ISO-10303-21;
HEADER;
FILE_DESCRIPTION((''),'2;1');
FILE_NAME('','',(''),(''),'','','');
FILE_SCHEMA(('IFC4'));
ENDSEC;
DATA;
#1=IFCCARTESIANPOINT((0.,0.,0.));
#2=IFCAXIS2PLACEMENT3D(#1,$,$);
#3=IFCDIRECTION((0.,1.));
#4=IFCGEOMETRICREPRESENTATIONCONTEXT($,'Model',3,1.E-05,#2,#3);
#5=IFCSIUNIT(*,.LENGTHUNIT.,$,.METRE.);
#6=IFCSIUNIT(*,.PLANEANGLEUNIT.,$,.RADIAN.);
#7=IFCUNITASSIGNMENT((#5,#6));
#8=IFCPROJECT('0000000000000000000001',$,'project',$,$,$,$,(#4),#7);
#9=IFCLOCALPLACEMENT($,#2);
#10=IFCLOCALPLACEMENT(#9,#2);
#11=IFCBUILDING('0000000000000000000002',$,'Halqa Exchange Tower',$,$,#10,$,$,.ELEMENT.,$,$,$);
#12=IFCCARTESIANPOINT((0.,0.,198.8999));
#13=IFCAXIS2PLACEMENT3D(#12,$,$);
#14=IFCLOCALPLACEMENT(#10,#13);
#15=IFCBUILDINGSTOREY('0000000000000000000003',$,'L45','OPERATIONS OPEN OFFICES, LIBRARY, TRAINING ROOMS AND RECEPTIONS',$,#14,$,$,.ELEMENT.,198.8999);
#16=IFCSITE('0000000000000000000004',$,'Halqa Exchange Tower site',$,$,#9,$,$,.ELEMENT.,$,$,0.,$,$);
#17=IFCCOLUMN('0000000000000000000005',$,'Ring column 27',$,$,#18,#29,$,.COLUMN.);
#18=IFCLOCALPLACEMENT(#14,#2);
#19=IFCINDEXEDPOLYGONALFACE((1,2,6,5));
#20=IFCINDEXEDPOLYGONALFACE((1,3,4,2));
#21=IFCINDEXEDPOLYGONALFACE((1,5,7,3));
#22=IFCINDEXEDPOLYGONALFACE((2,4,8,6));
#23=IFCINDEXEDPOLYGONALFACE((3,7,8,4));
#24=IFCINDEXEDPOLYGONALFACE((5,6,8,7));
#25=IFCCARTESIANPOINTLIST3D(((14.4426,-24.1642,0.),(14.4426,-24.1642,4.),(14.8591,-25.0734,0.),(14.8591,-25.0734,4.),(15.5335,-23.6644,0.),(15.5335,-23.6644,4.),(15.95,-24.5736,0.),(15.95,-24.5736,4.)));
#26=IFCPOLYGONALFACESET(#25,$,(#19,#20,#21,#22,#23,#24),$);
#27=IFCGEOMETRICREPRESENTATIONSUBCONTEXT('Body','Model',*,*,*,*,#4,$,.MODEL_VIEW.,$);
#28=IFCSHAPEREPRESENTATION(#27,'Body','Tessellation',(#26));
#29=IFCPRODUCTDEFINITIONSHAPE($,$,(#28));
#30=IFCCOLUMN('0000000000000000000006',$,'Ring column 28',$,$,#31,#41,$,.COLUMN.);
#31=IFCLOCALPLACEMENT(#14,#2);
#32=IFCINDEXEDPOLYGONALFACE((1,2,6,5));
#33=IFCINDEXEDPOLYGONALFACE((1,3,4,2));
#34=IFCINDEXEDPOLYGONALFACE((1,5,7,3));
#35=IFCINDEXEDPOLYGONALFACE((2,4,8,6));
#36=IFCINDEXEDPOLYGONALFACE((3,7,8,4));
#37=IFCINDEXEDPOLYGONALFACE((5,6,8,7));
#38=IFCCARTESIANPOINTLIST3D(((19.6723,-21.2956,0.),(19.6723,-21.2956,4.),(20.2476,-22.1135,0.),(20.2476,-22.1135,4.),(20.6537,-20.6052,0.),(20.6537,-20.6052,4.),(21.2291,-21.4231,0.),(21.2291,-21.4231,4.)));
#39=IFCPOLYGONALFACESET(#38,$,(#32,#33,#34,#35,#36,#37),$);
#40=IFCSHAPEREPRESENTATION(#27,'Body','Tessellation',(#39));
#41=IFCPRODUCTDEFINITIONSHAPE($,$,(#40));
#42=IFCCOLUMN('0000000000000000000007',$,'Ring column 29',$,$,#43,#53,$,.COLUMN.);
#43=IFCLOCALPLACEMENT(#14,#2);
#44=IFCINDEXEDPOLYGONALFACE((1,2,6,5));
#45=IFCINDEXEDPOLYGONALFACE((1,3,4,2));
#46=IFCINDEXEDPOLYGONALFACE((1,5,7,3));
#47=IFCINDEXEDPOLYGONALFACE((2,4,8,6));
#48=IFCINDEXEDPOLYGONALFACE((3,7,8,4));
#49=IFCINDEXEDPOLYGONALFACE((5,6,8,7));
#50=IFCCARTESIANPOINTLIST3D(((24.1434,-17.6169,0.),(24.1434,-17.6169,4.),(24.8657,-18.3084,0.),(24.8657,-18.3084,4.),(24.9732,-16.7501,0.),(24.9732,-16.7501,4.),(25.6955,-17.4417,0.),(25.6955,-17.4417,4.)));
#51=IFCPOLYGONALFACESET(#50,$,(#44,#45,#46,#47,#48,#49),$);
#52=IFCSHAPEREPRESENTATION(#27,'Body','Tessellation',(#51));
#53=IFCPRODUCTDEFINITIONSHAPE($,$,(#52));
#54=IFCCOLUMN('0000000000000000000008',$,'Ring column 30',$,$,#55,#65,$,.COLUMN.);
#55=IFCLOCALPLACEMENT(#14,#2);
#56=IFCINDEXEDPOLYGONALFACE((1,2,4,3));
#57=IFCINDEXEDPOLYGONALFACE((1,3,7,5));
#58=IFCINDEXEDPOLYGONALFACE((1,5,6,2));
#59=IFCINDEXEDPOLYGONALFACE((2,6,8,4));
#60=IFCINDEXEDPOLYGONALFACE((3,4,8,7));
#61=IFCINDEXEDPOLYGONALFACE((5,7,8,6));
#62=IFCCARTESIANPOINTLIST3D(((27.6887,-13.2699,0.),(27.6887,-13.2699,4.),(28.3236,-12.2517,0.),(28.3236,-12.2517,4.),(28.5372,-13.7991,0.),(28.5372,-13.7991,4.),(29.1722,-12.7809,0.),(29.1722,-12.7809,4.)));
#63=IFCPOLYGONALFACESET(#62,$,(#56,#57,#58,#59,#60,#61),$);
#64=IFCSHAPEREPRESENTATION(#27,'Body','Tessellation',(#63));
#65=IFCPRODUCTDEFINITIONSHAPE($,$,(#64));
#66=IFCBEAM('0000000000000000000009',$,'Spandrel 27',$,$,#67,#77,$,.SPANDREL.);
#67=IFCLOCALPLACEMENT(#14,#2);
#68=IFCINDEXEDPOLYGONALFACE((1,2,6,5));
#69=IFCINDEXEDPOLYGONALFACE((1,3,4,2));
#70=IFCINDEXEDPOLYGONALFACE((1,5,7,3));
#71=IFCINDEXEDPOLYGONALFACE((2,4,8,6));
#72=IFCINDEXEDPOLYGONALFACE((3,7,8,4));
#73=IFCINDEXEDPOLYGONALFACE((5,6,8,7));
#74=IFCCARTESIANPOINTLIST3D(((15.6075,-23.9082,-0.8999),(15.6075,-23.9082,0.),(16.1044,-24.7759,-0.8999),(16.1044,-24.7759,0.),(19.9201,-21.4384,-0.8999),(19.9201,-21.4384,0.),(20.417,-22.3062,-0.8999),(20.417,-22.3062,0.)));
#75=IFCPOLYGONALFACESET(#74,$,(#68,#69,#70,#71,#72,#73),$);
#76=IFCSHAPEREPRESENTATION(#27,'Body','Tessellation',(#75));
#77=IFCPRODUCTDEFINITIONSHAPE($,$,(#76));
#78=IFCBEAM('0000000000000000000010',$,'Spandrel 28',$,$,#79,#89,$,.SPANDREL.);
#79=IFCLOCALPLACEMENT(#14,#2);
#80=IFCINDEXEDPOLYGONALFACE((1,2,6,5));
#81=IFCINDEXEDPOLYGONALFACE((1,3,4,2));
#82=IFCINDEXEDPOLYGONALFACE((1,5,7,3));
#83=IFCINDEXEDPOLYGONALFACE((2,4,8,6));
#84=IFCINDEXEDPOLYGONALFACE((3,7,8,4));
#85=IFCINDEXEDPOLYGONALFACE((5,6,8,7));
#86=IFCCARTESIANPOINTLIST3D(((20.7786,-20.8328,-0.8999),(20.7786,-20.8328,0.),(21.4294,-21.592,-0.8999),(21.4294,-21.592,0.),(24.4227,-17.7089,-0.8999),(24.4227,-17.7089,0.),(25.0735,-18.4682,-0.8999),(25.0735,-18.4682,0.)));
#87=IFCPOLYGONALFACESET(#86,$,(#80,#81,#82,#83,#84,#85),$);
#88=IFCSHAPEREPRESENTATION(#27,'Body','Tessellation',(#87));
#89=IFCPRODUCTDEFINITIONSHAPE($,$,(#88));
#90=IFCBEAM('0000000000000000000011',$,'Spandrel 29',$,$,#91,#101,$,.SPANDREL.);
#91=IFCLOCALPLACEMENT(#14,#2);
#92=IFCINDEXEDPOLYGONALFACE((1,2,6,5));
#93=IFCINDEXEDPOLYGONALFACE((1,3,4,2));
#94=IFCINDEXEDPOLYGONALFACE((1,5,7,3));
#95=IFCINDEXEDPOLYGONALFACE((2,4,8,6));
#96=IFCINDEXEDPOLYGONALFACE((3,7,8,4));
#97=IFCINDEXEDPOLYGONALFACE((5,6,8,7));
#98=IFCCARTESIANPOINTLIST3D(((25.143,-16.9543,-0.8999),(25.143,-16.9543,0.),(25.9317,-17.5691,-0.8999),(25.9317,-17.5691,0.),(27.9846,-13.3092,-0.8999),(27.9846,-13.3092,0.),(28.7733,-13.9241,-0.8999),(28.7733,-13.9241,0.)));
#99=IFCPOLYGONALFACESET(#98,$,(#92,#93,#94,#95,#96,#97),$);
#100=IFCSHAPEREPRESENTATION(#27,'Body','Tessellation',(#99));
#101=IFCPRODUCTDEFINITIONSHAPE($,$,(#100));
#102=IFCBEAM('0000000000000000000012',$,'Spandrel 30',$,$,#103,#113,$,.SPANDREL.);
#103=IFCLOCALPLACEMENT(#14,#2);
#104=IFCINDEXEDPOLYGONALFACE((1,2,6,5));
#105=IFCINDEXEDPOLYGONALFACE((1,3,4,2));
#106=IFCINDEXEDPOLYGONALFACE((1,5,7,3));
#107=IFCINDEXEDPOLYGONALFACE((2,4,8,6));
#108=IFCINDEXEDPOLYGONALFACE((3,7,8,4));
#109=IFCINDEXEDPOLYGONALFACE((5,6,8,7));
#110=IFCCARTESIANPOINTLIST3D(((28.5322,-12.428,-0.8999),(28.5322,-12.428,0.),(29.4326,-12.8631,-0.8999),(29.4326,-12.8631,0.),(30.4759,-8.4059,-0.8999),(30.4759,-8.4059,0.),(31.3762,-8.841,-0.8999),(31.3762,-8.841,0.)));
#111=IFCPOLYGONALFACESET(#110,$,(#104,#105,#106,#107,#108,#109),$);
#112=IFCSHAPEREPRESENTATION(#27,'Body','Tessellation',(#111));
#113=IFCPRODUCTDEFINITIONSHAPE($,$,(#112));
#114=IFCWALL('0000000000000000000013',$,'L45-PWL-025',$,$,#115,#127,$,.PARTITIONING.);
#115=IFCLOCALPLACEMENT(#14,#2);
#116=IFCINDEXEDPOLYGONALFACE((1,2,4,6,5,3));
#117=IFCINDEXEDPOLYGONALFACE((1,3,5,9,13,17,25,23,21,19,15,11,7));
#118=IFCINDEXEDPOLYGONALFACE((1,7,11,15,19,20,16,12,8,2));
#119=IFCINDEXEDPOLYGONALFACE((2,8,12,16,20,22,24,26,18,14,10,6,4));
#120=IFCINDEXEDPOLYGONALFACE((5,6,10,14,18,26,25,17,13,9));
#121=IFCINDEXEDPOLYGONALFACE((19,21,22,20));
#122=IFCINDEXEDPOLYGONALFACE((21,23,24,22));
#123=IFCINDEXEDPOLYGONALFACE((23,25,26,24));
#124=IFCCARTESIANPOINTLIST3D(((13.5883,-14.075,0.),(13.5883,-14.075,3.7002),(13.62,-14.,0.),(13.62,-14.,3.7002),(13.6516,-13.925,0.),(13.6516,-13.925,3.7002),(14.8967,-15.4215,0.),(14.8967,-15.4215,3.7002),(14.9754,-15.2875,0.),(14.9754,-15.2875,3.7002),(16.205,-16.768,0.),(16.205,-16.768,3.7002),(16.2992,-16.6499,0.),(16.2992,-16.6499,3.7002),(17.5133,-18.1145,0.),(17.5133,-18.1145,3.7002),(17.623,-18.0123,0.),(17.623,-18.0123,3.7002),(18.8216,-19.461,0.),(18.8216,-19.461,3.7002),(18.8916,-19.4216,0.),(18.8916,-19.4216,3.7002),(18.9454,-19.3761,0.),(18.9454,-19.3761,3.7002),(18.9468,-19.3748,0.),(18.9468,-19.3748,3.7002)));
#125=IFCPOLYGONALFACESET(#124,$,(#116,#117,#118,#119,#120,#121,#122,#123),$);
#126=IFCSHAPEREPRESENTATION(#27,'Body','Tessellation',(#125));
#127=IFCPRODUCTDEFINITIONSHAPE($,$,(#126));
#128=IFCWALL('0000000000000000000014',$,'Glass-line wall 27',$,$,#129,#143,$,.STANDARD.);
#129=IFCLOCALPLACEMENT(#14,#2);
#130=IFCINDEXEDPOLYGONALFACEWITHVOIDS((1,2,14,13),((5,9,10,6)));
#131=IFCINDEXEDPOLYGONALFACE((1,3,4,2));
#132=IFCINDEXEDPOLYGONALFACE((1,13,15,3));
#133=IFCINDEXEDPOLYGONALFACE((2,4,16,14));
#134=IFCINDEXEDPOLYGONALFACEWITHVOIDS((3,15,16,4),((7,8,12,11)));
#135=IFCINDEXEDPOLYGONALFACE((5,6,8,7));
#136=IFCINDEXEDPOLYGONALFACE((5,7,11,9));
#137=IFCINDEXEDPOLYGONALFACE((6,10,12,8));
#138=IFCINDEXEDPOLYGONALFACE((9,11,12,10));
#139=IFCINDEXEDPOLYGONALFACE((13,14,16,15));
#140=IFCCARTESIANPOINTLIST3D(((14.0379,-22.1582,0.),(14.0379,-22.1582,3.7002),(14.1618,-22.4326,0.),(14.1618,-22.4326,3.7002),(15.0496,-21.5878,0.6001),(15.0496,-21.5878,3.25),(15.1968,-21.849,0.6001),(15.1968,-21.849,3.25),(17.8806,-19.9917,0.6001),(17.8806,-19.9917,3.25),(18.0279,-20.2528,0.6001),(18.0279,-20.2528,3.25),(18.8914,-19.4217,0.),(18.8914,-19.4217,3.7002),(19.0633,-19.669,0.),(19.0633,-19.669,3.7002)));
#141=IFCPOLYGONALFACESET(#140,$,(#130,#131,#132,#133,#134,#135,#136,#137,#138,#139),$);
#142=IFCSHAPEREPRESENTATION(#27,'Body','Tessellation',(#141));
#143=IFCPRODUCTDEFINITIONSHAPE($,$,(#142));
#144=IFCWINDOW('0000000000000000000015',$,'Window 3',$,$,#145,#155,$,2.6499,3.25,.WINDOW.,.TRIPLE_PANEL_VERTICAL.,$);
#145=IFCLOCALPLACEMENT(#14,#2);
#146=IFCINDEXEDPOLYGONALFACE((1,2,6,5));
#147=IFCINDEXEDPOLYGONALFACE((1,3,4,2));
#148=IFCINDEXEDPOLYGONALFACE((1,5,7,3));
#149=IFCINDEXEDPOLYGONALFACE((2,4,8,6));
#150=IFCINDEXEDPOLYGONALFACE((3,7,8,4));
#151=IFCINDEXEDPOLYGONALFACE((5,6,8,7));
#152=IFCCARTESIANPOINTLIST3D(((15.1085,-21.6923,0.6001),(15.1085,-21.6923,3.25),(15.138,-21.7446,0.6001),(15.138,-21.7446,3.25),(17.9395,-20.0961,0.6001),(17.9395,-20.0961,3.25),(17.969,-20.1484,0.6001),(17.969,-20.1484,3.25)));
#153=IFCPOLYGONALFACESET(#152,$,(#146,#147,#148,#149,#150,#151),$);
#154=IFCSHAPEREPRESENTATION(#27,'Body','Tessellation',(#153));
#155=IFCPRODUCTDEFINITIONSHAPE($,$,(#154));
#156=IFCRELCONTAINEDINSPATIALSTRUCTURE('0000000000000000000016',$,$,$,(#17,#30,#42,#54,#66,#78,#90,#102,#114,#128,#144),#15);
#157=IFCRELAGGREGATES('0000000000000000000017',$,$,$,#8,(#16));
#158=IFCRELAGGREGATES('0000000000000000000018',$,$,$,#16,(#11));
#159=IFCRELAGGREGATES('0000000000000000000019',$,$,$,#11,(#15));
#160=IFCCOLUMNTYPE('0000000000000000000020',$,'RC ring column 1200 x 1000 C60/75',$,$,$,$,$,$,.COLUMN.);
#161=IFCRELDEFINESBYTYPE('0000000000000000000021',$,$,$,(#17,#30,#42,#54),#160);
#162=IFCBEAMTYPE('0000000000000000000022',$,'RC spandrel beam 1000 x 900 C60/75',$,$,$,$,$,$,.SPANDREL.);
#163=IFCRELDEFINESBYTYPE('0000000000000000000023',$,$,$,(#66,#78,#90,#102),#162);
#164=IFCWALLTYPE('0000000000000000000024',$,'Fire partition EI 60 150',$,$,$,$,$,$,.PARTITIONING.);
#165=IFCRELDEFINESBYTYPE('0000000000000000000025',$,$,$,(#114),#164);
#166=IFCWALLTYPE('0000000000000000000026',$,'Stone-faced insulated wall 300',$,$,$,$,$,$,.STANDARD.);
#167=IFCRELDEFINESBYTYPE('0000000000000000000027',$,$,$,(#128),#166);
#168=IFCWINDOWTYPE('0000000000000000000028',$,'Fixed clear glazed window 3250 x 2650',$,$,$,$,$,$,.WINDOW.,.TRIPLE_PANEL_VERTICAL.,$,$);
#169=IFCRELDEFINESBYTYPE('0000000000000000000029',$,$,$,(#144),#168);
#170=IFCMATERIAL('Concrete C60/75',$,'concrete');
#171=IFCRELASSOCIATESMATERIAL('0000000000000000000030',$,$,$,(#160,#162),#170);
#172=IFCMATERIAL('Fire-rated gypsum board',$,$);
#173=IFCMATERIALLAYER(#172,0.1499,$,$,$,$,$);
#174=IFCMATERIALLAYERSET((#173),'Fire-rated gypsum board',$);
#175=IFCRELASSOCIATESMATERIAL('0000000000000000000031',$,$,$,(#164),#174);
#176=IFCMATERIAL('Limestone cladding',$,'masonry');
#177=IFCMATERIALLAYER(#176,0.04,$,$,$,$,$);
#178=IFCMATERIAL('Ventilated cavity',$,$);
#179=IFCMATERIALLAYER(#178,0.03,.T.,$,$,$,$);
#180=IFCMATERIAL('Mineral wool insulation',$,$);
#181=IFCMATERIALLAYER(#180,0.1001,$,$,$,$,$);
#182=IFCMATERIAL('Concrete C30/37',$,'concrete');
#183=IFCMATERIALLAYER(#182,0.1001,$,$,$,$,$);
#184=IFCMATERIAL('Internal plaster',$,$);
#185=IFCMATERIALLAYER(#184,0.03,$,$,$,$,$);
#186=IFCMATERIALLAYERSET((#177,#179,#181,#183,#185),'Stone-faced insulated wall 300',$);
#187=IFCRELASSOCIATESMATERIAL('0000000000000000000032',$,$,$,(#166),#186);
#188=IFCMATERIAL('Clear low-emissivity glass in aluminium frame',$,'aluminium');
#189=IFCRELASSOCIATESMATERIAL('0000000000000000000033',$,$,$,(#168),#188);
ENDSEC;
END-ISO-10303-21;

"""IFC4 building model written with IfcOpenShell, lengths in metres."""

from ifc_helpers import new_model, si_unit, direction, frame, frame_2d, origin, origin_2d, place, context, subcontext, project, spatial, polyline, rectangle, outline, extrude, material, layer, layer_set, material_profile, profile_set, type_object, element, fill, save


model = new_model("IFC4")

# Units and contexts
model_context = context("Model", 3, precision=1e-05, world=origin(), true_north=direction((0.0, 1.0)))
body_context = subcontext(model_context, "Body", "Model", "MODEL_VIEW")
ifc_project = project(units=[si_unit("LENGTHUNIT", "METRE"), si_unit("PLANEANGLEUNIT", "RADIAN")], contexts=[model_context])

# Site, building, storey
site_placement = place(None, origin())
site = spatial("IfcSite", under=ifc_project, at=site_placement, Name="Halqa Exchange Tower site", CompositionType="ELEMENT", RefElevation=0.0)
building_placement = place(site_placement, origin())
building = spatial("IfcBuilding", under=site, at=building_placement, Name="Halqa Exchange Tower", CompositionType="ELEMENT")
storey_placement = place(building_placement, frame((0.0, 0.0, 198.8999)))
storey = spatial("IfcBuildingStorey", under=building, at=storey_placement, Name="L45", Description="OPERATIONS OPEN OFFICES, LIBRARY, TRAINING ROOMS AND RECEPTIONS", CompositionType="ELEMENT", Elevation=198.8999)

# Columns
ifc_material_1 = material(Name="Concrete C60/75", Category="concrete")
ifc_material_profile_1 = material_profile(ifc_material_1, rectangle(XDim=1.2, YDim=1.0, at=origin_2d()), Name="1200 x 1000")
ifc_profile_set_1 = profile_set([ifc_material_profile_1], Name="Concrete C60/75")
column_type = type_object("IfcColumnType", Name="RC ring column 1200 x 1000 C60/75", PredefinedType="COLUMN", material=ifc_profile_set_1)
for number, where, z_axis, x_axis, name in (
    (1, (15.1963, -24.3689, 0.0), (0.0, 0.0, 1.0), (0.909126, 0.41652, 0.0), "Ring column 27"),
    (2, (20.4507, -21.3594, 0.0), (0.0, 0.0, 1.0), (0.817909, 0.575348, 0.0), "Ring column 28"),
    (3, (24.9194, -17.5293, 0.0), (0.0, 0.0, 1.0), (0.691577, 0.722302, 0.0), "Ring column 29"),
    (4, (28.4304, -13.0254, 0.0), (0.0, 0.0, 1.0), (0.529143, 0.848532, 0.0), "Ring column 30"),
):
    element("IfcColumn", number, at=place(storey_placement, frame(where, z_axis=z_axis, x_axis=x_axis)), inside=storey, type_object=column_type, Name=name, PredefinedType="COLUMN", context=body_context, shape_type="SweptSolid", body=[
        extrude(rectangle(XDim=1.2, YDim=1.0, at=origin_2d()), origin(), (0.0, 0.0, 1.0), 4.0),
    ])

# Beams
ifc_material_profile_2 = material_profile(ifc_material_1, rectangle(XDim=1.0, YDim=0.8999, at=origin_2d()), Name="1000 x 900")
ifc_profile_set_2 = profile_set([ifc_material_profile_2], Name="Concrete C60/75")
beam_type = type_object("IfcBeamType", Name="RC spandrel beam 1000 x 900 C60/75", PredefinedType="SPANDREL", material=ifc_profile_set_2)
beam_1_placement = place(storey_placement, frame((15.856, -24.342, -0.45), z_axis=(0.867771, 0.496964, 0.0), x_axis=(-0.496964, 0.867771, 0.0)))
element("IfcBeam", 5, at=beam_1_placement, inside=storey, type_object=beam_type, Name="Spandrel 27", PredefinedType="SPANDREL", context=body_context, shape_type="SweptSolid", body=[
    extrude(rectangle(XDim=1.0, YDim=0.8999, at=origin_2d()), origin(), (0.0, 0.0, 1.0), 4.9697),
])
beam_2_placement = place(storey_placement, frame((21.104, -21.2124, -0.45), z_axis=(0.759224, 0.650829, 0.0), x_axis=(-0.650829, 0.759224, 0.0)))
element("IfcBeam", 6, at=beam_2_placement, inside=storey, type_object=beam_type, Name="Spandrel 28", PredefinedType="SPANDREL", context=body_context, shape_type="SweptSolid", body=[
    extrude(rectangle(XDim=1.0, YDim=0.8999, at=origin_2d()), origin(), (0.0, 0.0, 1.0), 4.7998),
])
beam_3_placement = place(storey_placement, frame((25.5374, -17.2617, -0.45), z_axis=(0.614822, 0.788666, 0.0), x_axis=(-0.788666, 0.614822, 0.0)))
element("IfcBeam", 7, at=beam_3_placement, inside=storey, type_object=beam_type, Name="Spandrel 29", PredefinedType="SPANDREL", context=body_context, shape_type="SweptSolid", body=[
    extrude(rectangle(XDim=1.0, YDim=0.8999, at=origin_2d()), origin(), (0.0, 0.0, 1.0), 4.6218),
])
beam_4_placement = place(storey_placement, frame((28.9824, -12.6455, -0.45), z_axis=(0.435105, 0.90038, 0.0), x_axis=(-0.90038, 0.435105, 0.0)))
element("IfcBeam", 8, at=beam_4_placement, inside=storey, type_object=beam_type, Name="Spandrel 30", PredefinedType="SPANDREL", context=body_context, shape_type="SweptSolid", body=[
    extrude(rectangle(XDim=1.0, YDim=0.8999, at=origin_2d()), origin(), (0.0, 0.0, 1.0), 4.467),
])

# Wall
ifc_material_2 = material(Name="Fire-rated gypsum board")
ifc_layer_1 = layer(ifc_material_2, 0.1499)
ifc_layer_set_1 = layer_set([ifc_layer_1], Name="Fire-rated gypsum board")
wall_type_1 = type_object("IfcWallType", Name="Fire partition EI 60 150", PredefinedType="PARTITIONING", material=ifc_layer_set_1)
wall_1_placement = place(storey_placement, frame((18.8931, -19.427, 0.0), z_axis=(0.0, 0.0, 1.0), x_axis=(-0.696865, 0.717203, 0.0)))
element("IfcWall", 9, at=wall_1_placement, inside=storey, type_object=wall_type_1, Name="L45-PWL-025", PredefinedType="PARTITIONING", context=body_context, shape_type="SweptSolid", body=[
    extrude(outline(polyline([(0.0, -0.075), (1.8997, -0.075), (3.7993, -0.075), (5.699, -0.075), (7.5986, -0.075), (7.5669, 0.0), (7.5352, 0.075), (5.6577, 0.075), (3.7803, 0.075), (1.9028, 0.075), (0.0254, 0.075), (0.0049, -0.0027), (0.0, -0.073), (0.0, -0.075)])), origin(), (0.0, 0.0, 1.0), 3.7002),
])

# Wall, opening, window
ifc_material_3 = material(Name="Limestone cladding", Category="masonry")
ifc_layer_2 = layer(ifc_material_3, 0.04)
ifc_material_4 = material(Name="Ventilated cavity")
ifc_layer_3 = layer(ifc_material_4, 0.03, ventilated=True)
ifc_material_5 = material(Name="Mineral wool insulation")
ifc_layer_4 = layer(ifc_material_5, 0.1001)
ifc_material_6 = material(Name="Concrete C30/37", Category="concrete")
ifc_layer_5 = layer(ifc_material_6, 0.1001)
ifc_material_7 = material(Name="Internal plaster")
ifc_layer_6 = layer(ifc_material_7, 0.03)
ifc_layer_set_2 = layer_set([ifc_layer_2, ifc_layer_3, ifc_layer_4, ifc_layer_5, ifc_layer_6], Name="Stone-faced insulated wall 300")
wall_type_2 = type_object("IfcWallType", Name="Stone-faced insulated wall 300", PredefinedType="STANDARD", material=ifc_layer_set_2)
wall_2_placement = place(storey_placement, frame((14.0999, -22.2954, 0.0), z_axis=(0.0, 0.0, 1.0), x_axis=(0.871084, 0.491135, 0.0)))
wall_2 = element("IfcWall", 10, at=wall_2_placement, inside=storey, type_object=wall_type_2, Name="Glass-line wall 27", PredefinedType="STANDARD", context=body_context, shape_type="SweptSolid", body=[
    extrude(outline(polyline([(-0.0134, -0.1499), (5.6135, -0.1499), (5.5852, 0.1499), (0.0134, 0.1499), (-0.0134, -0.1499)])), origin(), (0.0, 0.0, 1.0), 3.7002),
])
opening_1_placement = place(wall_2_placement, frame((1.1748, 0.0, 0.6001)))
opening_1 = element("IfcOpeningElement", 11, at=opening_1_placement, cuts=wall_2, PredefinedType="OPENING", context=body_context, shape_type="SweptSolid", body=[
    extrude(rectangle(XDim=3.25, YDim=2.6499, at=frame_2d((1.625, 1.325))), frame((0.0, 0.1621, 0.0), z_axis=(0.0, -1.0, 0.0), x_axis=(1.0, 0.0, 0.0)), (0.0, 0.0, 1.0), 0.324),
])
ifc_material_8 = material(Name="Clear low-emissivity glass in aluminium frame", Category="aluminium")
window_type = type_object("IfcWindowType", Name="Fixed clear glazed window 3250 x 2650", PartitioningType="TRIPLE_PANEL_VERTICAL", PredefinedType="WINDOW", material=ifc_material_8)
window_1_placement = place(opening_1_placement, origin())
window_1 = element("IfcWindow", 12, at=window_1_placement, inside=storey, type_object=window_type, Name="Window 3", OverallHeight=2.6499, OverallWidth=3.25, PartitioningType="TRIPLE_PANEL_VERTICAL", PredefinedType="WINDOW", context=body_context, shape_type="SweptSolid", body=[
    extrude(rectangle(XDim=3.25, YDim=2.6499, at=frame_2d((1.625, 1.325))), frame((0.0, 0.03, 0.0), z_axis=(0.0, -1.0, 0.0), x_axis=(1.0, 0.0, 0.0)), (0.0, 0.0, 1.0), 0.0601),
])
fill(opening_1, window_1)

save(model, "model.ifc")
